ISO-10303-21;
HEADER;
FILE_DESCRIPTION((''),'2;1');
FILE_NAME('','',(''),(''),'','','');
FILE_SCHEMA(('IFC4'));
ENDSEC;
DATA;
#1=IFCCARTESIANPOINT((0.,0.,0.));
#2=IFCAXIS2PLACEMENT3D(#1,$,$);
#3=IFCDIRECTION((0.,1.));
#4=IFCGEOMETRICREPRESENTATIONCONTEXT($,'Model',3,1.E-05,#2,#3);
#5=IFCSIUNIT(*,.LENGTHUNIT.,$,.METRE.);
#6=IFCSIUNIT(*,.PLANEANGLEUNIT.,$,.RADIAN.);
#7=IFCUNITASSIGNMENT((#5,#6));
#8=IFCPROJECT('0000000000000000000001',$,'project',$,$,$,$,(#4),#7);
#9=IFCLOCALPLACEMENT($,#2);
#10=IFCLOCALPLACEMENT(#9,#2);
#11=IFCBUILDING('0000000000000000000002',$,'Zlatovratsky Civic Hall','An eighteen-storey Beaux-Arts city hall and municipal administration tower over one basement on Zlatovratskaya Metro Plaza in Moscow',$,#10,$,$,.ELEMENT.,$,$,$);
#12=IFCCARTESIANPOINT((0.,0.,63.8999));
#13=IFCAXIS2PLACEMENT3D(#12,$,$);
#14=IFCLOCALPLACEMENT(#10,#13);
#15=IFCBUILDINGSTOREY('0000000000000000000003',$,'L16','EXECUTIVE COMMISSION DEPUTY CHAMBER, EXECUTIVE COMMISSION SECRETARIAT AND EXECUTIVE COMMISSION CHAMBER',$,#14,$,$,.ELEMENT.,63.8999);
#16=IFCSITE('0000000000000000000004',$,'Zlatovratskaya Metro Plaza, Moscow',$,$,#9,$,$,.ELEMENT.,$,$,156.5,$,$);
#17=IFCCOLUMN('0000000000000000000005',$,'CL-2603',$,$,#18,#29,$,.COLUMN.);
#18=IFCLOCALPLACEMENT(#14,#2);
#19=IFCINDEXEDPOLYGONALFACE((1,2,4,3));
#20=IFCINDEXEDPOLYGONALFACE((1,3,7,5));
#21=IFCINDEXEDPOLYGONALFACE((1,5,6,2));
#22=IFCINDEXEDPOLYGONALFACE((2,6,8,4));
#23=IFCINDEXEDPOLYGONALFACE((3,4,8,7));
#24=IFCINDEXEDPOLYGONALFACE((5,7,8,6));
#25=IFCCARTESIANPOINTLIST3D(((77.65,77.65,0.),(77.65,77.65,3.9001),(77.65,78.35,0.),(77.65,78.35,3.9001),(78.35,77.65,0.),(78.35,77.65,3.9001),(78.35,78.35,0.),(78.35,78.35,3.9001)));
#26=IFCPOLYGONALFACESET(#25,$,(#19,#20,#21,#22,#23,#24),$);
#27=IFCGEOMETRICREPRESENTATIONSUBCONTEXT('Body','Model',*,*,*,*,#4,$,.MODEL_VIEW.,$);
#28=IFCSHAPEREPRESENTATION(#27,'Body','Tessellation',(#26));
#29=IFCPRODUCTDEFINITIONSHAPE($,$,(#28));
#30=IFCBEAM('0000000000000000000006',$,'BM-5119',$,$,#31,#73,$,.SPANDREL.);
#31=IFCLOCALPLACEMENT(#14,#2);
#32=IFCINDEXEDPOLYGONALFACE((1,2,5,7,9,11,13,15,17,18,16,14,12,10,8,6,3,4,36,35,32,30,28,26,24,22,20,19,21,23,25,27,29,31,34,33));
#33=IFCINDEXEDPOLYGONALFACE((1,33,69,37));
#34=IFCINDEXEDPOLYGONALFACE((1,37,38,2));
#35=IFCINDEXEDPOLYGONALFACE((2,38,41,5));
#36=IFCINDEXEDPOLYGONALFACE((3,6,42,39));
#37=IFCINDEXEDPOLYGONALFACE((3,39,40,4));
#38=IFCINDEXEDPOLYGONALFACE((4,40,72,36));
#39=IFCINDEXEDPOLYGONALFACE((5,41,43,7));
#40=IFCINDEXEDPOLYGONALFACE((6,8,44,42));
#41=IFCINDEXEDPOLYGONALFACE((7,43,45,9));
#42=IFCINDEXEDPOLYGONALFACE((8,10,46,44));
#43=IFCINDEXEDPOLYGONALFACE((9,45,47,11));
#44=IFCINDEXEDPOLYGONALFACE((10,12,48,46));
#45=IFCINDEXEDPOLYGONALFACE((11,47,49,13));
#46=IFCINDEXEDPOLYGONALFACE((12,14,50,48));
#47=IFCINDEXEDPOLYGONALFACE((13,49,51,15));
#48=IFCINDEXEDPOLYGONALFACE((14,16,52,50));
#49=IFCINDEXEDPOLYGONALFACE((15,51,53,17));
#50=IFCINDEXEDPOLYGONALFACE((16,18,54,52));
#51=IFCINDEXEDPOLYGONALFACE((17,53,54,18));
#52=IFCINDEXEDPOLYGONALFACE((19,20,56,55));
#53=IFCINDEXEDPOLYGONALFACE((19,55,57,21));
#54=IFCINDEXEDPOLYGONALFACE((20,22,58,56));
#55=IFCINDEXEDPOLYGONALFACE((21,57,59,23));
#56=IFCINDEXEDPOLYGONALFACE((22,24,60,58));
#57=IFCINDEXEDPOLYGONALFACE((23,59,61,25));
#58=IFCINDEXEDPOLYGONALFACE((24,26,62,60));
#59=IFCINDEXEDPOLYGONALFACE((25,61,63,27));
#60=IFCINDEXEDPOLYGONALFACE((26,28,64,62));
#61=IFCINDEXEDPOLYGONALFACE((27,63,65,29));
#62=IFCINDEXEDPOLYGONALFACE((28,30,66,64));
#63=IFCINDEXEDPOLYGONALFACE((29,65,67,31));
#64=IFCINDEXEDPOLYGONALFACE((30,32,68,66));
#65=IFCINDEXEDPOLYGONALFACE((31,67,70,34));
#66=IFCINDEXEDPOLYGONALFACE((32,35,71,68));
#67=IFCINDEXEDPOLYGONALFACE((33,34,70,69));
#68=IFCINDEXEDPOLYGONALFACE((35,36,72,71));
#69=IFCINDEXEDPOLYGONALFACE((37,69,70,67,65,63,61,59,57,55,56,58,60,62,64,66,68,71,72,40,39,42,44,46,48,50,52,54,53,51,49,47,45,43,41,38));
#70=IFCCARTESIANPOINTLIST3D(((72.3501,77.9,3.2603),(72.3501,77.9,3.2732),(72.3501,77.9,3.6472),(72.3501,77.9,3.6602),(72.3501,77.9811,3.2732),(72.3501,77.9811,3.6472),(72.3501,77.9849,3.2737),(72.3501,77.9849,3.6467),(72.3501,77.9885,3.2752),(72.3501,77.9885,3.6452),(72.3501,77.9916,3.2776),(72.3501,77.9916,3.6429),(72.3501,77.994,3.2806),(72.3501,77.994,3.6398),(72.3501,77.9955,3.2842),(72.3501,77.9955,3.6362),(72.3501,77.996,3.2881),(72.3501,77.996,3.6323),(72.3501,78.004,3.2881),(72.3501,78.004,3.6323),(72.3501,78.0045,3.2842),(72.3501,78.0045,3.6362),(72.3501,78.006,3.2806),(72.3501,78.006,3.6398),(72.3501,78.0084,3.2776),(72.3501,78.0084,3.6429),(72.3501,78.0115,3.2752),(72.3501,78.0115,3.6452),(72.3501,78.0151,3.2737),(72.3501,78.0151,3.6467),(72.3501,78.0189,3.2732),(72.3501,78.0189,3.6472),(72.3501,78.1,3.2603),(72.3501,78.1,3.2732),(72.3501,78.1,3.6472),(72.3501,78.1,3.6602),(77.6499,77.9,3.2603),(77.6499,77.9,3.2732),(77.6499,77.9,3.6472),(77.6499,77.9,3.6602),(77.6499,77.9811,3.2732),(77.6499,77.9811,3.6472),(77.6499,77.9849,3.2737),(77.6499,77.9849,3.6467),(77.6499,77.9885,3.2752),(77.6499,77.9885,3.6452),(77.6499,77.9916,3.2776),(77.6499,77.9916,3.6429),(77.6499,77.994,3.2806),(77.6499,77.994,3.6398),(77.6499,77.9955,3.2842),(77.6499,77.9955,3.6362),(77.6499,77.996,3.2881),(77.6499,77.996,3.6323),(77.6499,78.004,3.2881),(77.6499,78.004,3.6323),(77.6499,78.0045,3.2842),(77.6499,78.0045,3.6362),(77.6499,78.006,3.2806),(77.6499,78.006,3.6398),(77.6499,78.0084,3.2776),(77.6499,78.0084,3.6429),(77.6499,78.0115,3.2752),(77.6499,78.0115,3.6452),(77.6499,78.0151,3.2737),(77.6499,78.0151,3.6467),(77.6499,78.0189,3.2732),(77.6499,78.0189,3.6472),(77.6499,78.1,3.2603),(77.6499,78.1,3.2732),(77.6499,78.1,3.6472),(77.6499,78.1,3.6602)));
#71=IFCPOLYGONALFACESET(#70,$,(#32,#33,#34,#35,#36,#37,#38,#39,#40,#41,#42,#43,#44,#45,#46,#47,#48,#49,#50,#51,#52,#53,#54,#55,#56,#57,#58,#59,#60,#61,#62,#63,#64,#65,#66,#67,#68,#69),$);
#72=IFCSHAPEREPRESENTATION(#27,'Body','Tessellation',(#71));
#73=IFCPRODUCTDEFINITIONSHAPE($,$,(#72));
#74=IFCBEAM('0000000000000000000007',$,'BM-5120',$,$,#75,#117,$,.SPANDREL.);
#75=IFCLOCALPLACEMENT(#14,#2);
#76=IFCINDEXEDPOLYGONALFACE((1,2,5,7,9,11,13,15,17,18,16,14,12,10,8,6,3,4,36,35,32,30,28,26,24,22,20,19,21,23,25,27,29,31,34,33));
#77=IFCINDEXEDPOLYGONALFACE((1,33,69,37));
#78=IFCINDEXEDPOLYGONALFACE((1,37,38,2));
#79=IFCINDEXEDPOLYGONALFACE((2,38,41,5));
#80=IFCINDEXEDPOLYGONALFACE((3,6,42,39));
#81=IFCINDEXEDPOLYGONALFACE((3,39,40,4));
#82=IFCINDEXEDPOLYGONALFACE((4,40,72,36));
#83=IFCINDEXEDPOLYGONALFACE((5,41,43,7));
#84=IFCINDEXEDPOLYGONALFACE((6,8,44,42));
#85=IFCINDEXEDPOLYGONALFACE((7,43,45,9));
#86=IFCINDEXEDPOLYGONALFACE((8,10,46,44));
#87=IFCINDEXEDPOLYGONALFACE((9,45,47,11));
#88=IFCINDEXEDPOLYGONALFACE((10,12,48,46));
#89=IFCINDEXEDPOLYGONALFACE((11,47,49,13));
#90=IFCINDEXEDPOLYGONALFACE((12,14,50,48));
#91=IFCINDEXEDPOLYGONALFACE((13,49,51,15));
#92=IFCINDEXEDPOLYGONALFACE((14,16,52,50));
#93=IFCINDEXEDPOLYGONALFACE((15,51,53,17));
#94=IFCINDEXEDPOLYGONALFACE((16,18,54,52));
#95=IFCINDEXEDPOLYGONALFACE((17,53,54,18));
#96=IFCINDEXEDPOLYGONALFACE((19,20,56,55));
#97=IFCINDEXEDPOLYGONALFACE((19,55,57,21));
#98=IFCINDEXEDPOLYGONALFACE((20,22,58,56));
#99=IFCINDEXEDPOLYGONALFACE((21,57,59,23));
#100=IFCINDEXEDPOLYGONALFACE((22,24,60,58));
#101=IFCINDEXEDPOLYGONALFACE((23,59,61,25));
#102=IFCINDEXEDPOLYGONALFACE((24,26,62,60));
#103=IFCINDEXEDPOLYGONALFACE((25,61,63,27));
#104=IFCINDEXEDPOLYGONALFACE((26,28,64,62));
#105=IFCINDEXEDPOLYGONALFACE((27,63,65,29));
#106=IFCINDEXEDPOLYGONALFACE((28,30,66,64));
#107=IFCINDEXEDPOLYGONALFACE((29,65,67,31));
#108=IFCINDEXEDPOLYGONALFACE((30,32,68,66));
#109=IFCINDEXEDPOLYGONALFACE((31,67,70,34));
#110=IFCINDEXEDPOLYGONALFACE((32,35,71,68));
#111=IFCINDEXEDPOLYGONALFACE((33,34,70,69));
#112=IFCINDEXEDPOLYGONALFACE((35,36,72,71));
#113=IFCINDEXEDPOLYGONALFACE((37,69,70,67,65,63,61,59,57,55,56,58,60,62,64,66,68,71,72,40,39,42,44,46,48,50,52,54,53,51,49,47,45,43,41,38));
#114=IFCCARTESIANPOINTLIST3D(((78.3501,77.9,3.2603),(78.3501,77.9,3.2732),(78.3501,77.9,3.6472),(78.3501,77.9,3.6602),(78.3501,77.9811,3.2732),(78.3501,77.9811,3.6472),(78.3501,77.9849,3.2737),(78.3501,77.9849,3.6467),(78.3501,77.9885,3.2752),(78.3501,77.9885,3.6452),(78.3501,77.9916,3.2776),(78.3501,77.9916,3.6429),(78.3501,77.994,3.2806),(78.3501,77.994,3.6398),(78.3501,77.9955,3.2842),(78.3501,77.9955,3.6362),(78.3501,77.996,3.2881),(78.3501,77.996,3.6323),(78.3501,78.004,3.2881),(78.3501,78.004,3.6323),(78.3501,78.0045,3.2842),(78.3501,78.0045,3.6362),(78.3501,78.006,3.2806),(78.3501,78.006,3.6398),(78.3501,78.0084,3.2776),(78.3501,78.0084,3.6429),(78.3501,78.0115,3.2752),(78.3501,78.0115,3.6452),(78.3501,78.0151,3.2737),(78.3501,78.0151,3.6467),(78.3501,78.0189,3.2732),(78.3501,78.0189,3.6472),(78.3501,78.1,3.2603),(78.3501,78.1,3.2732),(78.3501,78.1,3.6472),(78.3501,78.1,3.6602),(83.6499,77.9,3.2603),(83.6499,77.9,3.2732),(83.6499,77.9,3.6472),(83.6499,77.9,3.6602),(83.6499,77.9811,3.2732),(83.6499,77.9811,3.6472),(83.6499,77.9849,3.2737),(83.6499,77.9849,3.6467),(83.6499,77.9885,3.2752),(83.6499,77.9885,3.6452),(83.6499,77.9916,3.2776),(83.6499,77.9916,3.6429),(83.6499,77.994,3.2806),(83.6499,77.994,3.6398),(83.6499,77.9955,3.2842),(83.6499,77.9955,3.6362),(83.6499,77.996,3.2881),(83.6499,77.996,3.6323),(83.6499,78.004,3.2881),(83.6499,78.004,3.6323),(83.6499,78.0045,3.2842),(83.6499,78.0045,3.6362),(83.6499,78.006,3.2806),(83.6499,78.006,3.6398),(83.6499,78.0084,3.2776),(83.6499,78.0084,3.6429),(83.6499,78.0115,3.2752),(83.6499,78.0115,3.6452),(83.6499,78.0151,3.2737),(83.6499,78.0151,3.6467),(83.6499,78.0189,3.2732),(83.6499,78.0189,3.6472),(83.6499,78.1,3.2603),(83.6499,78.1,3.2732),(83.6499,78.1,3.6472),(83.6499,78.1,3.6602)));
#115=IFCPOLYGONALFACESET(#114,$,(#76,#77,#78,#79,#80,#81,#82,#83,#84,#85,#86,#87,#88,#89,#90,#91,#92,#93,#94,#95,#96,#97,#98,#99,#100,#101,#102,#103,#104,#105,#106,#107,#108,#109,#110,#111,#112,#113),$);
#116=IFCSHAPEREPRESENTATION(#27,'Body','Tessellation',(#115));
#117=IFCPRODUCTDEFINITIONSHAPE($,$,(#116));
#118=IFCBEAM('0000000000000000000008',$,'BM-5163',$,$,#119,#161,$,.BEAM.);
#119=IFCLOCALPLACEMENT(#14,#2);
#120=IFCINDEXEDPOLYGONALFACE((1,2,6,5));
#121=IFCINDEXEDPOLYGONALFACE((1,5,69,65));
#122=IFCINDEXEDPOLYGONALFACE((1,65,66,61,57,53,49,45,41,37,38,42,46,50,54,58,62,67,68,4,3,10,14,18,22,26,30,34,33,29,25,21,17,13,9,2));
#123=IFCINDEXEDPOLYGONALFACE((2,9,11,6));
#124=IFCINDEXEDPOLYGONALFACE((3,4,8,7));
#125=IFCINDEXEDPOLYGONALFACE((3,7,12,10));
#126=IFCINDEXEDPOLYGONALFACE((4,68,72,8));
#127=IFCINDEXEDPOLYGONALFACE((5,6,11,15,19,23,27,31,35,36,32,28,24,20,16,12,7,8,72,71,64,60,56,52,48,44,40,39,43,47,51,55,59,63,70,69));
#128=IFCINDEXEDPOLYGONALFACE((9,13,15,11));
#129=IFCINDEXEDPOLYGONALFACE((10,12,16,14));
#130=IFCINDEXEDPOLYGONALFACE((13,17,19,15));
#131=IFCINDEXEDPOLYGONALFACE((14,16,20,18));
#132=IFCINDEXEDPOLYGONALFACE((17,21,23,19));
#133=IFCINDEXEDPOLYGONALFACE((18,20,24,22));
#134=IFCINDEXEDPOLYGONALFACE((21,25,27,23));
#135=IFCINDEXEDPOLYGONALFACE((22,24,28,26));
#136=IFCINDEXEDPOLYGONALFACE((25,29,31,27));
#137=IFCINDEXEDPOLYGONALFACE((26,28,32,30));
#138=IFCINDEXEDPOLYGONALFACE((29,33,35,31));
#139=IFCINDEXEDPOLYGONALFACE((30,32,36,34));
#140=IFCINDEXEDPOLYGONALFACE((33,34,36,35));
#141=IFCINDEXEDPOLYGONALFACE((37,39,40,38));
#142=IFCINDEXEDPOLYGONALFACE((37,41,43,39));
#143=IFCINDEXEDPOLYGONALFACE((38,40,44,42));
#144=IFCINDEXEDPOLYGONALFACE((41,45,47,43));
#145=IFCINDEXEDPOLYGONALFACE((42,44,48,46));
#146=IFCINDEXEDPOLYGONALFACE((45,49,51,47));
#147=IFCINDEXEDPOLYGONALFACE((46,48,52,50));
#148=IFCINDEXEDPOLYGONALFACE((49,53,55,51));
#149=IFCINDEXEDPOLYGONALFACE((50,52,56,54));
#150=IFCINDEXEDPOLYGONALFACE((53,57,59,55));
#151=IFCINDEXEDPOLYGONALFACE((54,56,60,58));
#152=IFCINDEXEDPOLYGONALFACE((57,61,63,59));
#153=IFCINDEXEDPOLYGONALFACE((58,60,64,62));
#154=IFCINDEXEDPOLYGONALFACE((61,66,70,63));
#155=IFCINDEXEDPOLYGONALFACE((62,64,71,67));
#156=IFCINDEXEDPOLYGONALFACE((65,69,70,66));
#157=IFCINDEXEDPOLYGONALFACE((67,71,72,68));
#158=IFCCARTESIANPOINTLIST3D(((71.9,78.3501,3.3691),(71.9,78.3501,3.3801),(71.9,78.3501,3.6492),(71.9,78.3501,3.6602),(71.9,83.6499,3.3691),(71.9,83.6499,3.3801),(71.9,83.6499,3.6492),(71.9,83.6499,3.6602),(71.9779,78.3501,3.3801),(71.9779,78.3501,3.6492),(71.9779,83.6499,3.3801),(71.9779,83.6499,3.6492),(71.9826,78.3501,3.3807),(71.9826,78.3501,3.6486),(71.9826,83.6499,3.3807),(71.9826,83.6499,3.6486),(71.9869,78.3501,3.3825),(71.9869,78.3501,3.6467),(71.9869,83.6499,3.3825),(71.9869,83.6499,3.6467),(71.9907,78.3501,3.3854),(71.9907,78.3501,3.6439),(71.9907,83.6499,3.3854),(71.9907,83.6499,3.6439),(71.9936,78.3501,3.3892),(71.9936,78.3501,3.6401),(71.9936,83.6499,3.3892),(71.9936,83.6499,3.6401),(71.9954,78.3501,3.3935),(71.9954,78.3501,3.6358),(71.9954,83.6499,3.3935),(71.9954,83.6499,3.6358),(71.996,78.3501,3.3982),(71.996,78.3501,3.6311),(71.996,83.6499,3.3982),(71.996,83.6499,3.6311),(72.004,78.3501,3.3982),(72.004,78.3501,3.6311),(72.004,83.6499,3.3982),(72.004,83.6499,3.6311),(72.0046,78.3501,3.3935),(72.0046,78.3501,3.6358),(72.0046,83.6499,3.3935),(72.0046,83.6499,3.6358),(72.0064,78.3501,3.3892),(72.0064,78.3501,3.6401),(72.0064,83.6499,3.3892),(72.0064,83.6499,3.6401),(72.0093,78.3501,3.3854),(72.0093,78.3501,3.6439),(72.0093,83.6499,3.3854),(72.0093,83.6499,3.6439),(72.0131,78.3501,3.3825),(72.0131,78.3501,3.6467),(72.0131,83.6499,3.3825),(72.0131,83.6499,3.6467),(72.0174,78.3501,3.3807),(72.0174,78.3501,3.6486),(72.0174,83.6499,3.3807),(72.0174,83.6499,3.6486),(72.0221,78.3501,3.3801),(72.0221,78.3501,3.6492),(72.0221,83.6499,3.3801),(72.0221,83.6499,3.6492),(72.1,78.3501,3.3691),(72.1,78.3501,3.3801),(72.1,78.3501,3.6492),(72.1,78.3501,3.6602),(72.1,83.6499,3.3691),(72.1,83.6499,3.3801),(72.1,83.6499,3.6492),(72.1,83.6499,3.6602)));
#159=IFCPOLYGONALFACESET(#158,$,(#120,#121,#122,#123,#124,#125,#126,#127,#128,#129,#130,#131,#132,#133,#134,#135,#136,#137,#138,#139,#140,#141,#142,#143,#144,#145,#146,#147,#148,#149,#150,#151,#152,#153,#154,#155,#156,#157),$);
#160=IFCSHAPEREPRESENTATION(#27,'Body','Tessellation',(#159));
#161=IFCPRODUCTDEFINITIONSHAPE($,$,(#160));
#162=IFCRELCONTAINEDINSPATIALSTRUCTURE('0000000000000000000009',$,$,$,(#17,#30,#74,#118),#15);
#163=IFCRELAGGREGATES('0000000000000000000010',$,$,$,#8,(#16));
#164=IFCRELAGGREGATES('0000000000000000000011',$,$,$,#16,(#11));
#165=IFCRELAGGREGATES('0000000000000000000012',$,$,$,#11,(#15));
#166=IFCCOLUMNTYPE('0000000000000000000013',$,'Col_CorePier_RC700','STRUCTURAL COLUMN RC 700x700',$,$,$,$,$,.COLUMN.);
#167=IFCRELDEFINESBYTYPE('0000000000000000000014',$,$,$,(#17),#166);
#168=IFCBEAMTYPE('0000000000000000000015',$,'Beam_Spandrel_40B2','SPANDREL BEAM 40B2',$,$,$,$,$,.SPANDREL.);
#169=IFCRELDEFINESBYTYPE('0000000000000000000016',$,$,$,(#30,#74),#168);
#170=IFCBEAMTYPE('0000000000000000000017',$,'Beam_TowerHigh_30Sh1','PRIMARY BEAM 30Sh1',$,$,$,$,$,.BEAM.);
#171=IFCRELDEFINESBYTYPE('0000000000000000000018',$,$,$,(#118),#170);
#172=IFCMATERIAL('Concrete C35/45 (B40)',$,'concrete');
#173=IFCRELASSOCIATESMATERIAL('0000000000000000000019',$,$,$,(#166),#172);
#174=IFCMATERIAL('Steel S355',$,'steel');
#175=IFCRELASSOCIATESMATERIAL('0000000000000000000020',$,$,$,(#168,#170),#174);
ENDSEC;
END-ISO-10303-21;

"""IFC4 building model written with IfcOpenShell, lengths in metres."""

from ifc_helpers import new_model, si_unit, direction, frame, origin, origin_2d, place, context, subcontext, project, spatial, rectangle, i_section, extrude, material, material_profile, profile_set, type_object, element, save


model = new_model("IFC4")

# Units and contexts
model_context = context("Model", 3, precision=1e-05, world=origin(), true_north=direction((0.0, 1.0)))
body_context = subcontext(model_context, "Body", "Model", "MODEL_VIEW")
ifc_project = project(units=[si_unit("LENGTHUNIT", "METRE"), si_unit("PLANEANGLEUNIT", "RADIAN")], contexts=[model_context])

# Site, building, storey
site_placement = place(None, origin())
site = spatial("IfcSite", under=ifc_project, at=site_placement, Name="Zlatovratskaya Metro Plaza, Moscow", CompositionType="ELEMENT", RefElevation=156.5)
building_placement = place(site_placement, origin())
building = spatial("IfcBuilding", under=site, at=building_placement, Name="Zlatovratsky Civic Hall", Description="An eighteen-storey Beaux-Arts city hall and municipal administration tower over one basement on Zlatovratskaya Metro Plaza in Moscow", CompositionType="ELEMENT")
storey_placement = place(building_placement, frame((0.0, 0.0, 63.8999)))
storey = spatial("IfcBuildingStorey", under=building, at=storey_placement, Name="L16", Description="EXECUTIVE COMMISSION DEPUTY CHAMBER, EXECUTIVE COMMISSION SECRETARIAT AND EXECUTIVE COMMISSION CHAMBER", CompositionType="ELEMENT", Elevation=63.8999)

# Column
ifc_material_1 = material(Name="Concrete C35/45 (B40)", Category="concrete")
ifc_material_profile_1 = material_profile(ifc_material_1, rectangle(XDim=0.7, YDim=0.7, at=origin_2d()), Name="RC 700x700")
ifc_profile_set_1 = profile_set([ifc_material_profile_1], Name="Concrete C35/45 (B40)")
column_type = type_object("IfcColumnType", Name="Col_CorePier_RC700", Description="STRUCTURAL COLUMN RC 700x700", PredefinedType="COLUMN", material=ifc_profile_set_1)
column_placement = place(storey_placement, frame((78.0, 78.0, 0.0), z_axis=(0.0, 0.0, 1.0), x_axis=(1.0, 0.0, 0.0)))
element("IfcColumn", 1, at=column_placement, inside=storey, type_object=column_type, Name="CL-2603", PredefinedType="COLUMN", context=body_context, shape_type="SweptSolid", body=[
    extrude(rectangle(XDim=0.7, YDim=0.7, at=origin_2d()), origin(), (0.0, 0.0, 1.0), 3.9001),
])

# Beams
ifc_material_2 = material(Name="Steel S355", Category="steel")
ifc_material_profile_2 = material_profile(ifc_material_2, i_section(OverallWidth=0.2, OverallDepth=0.3999, WebThickness=0.0081, FlangeThickness=0.0129, FilletRadius=0.0149, at=origin_2d()), Name="40B2")
ifc_profile_set_2 = profile_set([ifc_material_profile_2], Name="Steel S355")
beam_type_1 = type_object("IfcBeamType", Name="Beam_Spandrel_40B2", Description="SPANDREL BEAM 40B2", PredefinedType="SPANDREL", material=ifc_profile_set_2)
for number, where, z_axis, x_axis, name in (
    (2, (72.3501, 78.0, 3.4602), (1.0, 0.0, 0.0), (0.0, 1.0, 0.0), "BM-5119"),
    (3, (78.3501, 78.0, 3.4602), (1.0, 0.0, 0.0), (0.0, 1.0, 0.0), "BM-5120"),
):
    element("IfcBeam", number, at=place(storey_placement, frame(where, z_axis=z_axis, x_axis=x_axis)), inside=storey, type_object=beam_type_1, Name=name, PredefinedType="SPANDREL", context=body_context, shape_type="SweptSolid", body=[
        extrude(i_section(OverallWidth=0.2, OverallDepth=0.3999, WebThickness=0.0081, FlangeThickness=0.0129, FilletRadius=0.0149, at=origin_2d()), origin(), (0.0, 0.0, 1.0), 5.2998),
    ])
ifc_material_profile_3 = material_profile(ifc_material_2, i_section(OverallWidth=0.2, OverallDepth=0.291, WebThickness=0.0081, FlangeThickness=0.011, FilletRadius=0.0181, at=origin_2d()), Name="30Sh1")
ifc_profile_set_3 = profile_set([ifc_material_profile_3], Name="Steel S355")
beam_type_2 = type_object("IfcBeamType", Name="Beam_TowerHigh_30Sh1", Description="PRIMARY BEAM 30Sh1", PredefinedType="BEAM", material=ifc_profile_set_3)
for number, where, z_axis, x_axis, name in (
    (4, (72.0, 78.3501, 3.5146), (0.0, 1.0, 0.0), (-1.0, 0.0, 0.0), "BM-5163"),
):
    element("IfcBeam", number, at=place(storey_placement, frame(where, z_axis=z_axis, x_axis=x_axis)), inside=storey, type_object=beam_type_2, Name=name, PredefinedType="BEAM", context=body_context, shape_type="SweptSolid", body=[
        extrude(i_section(OverallWidth=0.2, OverallDepth=0.291, WebThickness=0.0081, FlangeThickness=0.011, FilletRadius=0.0181, at=origin_2d()), origin(), (0.0, 0.0, 1.0), 5.2998),
    ])

save(model, "model.ifc")
